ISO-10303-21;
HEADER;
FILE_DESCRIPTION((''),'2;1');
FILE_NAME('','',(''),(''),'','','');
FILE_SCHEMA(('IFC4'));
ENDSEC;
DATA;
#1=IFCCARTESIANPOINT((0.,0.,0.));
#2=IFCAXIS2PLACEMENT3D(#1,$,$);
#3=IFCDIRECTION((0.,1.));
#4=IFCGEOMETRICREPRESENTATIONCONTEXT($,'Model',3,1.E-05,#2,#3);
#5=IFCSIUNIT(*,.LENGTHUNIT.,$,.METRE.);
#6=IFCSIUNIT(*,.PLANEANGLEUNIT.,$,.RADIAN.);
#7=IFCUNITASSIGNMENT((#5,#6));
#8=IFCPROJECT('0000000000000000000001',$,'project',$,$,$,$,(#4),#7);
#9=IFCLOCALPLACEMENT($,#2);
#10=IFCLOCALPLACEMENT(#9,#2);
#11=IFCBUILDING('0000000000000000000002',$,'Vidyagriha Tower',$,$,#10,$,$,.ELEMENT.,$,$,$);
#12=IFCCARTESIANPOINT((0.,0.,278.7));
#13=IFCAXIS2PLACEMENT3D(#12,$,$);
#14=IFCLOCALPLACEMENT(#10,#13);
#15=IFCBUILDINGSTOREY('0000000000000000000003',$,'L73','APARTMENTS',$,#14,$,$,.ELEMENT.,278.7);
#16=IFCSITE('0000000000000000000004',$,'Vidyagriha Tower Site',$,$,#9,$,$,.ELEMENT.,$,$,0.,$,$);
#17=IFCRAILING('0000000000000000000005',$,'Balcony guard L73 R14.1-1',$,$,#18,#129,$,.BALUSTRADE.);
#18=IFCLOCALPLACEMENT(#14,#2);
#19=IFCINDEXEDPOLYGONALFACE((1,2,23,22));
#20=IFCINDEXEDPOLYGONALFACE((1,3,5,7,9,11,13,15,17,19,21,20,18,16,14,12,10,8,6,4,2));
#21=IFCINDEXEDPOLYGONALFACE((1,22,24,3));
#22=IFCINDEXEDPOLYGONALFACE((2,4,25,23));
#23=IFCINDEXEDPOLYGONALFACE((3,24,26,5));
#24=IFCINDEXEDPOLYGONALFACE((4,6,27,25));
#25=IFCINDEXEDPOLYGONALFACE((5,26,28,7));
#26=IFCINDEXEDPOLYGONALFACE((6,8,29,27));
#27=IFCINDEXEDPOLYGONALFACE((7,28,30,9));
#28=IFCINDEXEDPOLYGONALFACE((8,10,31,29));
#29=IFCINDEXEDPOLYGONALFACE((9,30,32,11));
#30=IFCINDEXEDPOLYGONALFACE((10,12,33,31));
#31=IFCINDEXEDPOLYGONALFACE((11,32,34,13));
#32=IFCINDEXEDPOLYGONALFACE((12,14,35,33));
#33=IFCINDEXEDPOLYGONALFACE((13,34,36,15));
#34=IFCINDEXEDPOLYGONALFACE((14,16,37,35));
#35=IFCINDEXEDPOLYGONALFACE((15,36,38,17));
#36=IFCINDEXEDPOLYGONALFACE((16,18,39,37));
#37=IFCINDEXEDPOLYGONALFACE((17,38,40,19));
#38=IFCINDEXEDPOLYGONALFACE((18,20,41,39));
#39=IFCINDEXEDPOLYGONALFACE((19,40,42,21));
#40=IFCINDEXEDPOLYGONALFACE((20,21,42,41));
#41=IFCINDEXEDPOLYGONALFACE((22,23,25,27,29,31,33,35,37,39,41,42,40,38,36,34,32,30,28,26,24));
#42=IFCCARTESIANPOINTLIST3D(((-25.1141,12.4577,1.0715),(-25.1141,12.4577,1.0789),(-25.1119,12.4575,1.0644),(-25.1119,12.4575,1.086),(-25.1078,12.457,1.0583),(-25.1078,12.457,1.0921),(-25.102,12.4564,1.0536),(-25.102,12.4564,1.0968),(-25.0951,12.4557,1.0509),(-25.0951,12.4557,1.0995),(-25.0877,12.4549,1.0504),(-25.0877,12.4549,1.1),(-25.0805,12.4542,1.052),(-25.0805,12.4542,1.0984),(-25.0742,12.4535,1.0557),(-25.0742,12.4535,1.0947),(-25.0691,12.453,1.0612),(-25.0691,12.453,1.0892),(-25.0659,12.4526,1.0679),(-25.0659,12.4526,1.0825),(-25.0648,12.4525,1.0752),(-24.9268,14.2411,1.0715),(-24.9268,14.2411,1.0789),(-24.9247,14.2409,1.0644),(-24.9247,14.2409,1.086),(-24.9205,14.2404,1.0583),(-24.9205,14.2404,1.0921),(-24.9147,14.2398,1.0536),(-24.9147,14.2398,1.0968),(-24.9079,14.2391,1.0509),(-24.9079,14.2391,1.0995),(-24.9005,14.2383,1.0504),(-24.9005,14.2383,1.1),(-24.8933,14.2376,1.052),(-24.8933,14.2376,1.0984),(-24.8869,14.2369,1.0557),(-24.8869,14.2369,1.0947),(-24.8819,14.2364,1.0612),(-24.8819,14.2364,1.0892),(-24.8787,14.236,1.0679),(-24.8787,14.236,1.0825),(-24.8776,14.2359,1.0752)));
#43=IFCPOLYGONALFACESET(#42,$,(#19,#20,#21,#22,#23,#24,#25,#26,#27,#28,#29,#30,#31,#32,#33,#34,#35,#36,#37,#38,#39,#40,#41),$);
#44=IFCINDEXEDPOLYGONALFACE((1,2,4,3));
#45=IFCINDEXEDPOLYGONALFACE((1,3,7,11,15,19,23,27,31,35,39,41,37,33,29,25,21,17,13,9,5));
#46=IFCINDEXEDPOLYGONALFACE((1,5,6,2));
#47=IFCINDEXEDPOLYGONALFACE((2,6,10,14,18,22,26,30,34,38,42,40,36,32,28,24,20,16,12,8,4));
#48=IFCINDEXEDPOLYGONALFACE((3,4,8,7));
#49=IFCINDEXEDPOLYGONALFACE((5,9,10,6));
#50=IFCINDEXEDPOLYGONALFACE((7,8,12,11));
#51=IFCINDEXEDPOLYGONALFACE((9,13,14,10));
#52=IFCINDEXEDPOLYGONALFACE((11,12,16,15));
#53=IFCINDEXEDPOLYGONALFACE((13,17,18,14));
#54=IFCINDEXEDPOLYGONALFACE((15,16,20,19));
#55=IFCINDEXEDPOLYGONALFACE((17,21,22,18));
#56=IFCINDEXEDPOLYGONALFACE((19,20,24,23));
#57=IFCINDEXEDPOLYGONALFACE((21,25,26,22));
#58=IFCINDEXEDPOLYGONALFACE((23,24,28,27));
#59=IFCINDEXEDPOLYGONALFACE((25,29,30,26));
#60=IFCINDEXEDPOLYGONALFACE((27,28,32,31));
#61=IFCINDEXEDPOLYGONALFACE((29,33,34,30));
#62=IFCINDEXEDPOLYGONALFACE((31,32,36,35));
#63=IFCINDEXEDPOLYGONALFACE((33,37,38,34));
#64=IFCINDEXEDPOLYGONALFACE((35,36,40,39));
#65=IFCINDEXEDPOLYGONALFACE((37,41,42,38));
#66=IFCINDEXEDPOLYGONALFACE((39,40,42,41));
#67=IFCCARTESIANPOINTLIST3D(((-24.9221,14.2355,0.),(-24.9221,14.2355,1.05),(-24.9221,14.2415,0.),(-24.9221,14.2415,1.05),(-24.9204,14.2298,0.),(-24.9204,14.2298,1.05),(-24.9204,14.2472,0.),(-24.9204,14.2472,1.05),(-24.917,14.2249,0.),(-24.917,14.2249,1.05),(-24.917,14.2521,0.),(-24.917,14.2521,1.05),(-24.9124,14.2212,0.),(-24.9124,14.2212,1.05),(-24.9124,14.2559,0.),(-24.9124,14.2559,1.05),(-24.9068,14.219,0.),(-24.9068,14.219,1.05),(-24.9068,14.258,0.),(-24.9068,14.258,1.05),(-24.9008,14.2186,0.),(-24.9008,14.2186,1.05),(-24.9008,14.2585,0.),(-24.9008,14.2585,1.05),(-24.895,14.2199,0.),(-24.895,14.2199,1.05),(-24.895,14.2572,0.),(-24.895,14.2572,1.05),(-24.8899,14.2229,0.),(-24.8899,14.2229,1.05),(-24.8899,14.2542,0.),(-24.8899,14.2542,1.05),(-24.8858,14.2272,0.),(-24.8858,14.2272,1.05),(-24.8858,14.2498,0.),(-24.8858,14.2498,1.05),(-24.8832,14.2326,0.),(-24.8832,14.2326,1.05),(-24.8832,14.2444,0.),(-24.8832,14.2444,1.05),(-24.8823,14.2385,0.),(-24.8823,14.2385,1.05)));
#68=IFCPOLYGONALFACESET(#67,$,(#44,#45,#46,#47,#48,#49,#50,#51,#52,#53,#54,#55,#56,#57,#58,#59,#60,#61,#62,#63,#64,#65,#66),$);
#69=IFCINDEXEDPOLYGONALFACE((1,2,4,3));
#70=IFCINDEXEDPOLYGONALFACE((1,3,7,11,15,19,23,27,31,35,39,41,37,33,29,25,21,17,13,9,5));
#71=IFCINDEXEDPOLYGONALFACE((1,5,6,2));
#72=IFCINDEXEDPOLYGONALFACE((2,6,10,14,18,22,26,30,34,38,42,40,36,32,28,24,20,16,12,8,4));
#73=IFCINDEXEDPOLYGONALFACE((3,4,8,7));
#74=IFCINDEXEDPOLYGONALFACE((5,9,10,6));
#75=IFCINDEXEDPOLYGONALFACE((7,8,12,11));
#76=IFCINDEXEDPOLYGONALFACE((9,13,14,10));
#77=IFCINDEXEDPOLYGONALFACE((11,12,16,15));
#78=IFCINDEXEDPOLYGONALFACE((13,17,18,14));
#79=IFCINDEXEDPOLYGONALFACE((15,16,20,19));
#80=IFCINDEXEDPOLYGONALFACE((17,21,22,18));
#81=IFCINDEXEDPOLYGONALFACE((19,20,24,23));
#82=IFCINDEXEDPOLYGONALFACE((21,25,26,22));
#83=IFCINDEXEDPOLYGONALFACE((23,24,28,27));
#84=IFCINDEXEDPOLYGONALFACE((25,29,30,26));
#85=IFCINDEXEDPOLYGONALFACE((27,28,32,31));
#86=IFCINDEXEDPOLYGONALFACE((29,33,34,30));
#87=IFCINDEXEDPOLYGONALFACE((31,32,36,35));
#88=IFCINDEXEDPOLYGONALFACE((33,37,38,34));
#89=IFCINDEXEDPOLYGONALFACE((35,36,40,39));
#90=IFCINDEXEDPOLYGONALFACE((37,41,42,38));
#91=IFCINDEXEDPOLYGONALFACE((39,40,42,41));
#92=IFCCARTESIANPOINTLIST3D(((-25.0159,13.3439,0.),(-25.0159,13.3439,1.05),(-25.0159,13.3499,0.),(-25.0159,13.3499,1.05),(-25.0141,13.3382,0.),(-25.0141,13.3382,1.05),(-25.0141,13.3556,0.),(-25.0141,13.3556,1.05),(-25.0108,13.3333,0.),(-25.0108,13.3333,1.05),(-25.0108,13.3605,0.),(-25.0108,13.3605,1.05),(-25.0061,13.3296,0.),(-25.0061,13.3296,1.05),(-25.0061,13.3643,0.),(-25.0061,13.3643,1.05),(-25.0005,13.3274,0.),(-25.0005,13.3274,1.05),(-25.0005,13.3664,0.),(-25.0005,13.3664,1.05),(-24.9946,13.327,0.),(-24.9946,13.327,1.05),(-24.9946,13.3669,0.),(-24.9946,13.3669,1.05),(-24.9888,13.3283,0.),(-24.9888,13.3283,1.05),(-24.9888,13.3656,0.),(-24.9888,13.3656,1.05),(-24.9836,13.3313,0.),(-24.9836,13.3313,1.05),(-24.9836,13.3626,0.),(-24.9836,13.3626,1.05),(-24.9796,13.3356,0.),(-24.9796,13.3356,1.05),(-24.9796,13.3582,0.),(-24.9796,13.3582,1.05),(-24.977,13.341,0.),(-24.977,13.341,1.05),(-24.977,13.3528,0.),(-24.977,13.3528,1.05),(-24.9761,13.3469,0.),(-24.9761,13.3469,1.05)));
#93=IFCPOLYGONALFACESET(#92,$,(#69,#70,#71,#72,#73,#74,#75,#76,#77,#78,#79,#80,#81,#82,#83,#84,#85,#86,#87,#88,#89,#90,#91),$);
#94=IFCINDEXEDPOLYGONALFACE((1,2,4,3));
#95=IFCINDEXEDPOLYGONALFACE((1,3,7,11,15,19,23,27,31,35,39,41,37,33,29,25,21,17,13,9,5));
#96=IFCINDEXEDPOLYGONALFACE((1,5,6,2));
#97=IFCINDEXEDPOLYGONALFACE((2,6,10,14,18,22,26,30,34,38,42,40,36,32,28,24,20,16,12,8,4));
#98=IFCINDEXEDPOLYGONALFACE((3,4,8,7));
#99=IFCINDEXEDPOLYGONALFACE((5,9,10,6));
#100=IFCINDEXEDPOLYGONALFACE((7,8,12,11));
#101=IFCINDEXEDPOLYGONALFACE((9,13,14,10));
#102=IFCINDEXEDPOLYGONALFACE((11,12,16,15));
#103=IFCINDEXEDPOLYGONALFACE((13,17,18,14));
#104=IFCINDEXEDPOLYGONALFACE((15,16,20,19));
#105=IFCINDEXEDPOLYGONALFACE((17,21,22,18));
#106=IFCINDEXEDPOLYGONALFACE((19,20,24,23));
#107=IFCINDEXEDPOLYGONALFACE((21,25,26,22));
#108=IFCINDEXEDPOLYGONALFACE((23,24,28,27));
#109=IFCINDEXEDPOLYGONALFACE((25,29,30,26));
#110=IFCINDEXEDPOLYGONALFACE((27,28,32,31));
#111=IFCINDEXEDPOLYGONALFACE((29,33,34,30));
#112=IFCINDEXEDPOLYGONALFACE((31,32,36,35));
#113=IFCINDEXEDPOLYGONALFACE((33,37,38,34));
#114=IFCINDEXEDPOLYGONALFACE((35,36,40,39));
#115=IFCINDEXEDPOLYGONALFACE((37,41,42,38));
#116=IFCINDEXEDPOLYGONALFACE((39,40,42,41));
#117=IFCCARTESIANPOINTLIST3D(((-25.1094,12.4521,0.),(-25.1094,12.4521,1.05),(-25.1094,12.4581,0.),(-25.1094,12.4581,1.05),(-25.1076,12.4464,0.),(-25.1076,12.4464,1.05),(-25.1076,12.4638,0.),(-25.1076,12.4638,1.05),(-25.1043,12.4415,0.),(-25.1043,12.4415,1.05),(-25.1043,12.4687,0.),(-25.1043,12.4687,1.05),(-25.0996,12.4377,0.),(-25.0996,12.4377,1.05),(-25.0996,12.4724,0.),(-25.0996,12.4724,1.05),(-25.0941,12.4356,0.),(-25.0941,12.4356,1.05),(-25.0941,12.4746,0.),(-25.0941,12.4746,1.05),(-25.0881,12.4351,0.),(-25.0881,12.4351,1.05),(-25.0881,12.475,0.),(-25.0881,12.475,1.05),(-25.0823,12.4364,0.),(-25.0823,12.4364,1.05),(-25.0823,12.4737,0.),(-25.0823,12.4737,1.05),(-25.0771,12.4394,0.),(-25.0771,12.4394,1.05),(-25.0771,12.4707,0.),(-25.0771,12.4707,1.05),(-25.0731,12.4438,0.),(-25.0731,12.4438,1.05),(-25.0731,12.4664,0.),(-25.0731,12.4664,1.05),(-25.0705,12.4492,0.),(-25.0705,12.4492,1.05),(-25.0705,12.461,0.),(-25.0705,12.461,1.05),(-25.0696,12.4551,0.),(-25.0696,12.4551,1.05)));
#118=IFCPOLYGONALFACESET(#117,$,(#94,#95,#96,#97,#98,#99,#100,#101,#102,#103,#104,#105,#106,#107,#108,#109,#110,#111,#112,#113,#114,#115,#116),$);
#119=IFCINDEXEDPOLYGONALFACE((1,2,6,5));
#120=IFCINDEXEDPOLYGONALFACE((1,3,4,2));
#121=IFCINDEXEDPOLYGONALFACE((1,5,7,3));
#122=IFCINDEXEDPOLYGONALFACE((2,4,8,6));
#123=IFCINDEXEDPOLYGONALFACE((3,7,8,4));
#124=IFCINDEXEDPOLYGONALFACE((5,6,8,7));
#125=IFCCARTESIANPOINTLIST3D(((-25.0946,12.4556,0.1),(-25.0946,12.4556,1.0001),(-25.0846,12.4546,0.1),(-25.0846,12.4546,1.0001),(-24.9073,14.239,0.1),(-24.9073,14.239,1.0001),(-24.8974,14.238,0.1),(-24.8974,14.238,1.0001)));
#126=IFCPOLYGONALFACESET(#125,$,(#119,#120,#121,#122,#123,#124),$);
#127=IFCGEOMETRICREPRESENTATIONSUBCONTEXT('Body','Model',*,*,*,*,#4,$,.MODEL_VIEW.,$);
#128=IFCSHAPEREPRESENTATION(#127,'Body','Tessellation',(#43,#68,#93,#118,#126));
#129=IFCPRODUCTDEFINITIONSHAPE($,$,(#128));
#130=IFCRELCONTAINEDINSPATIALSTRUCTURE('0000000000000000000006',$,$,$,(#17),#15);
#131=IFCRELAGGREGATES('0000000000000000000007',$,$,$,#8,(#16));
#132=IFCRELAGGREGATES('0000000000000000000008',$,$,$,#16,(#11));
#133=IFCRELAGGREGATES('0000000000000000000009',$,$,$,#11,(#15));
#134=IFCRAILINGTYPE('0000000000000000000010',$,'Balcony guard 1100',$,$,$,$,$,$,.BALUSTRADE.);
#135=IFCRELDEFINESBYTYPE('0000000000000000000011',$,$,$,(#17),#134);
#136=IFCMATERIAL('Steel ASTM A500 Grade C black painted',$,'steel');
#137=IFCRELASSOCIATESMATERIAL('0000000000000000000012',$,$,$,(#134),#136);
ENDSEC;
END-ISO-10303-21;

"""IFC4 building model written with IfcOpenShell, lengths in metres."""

from ifc_helpers import new_model, si_unit, direction, frame, origin, origin_2d, place, context, subcontext, project, spatial, rectangle, circle, extrude, material, type_object, element, save


model = new_model("IFC4")

# Units and contexts
model_context = context("Model", 3, precision=1e-05, world=origin(), true_north=direction((0.0, 1.0)))
body_context = subcontext(model_context, "Body", "Model", "MODEL_VIEW")
ifc_project = project(units=[si_unit("LENGTHUNIT", "METRE"), si_unit("PLANEANGLEUNIT", "RADIAN")], contexts=[model_context])

# Site, building, storey
site_placement = place(None, origin())
site = spatial("IfcSite", under=ifc_project, at=site_placement, Name="Vidyagriha Tower Site", CompositionType="ELEMENT", RefElevation=0.0)
building_placement = place(site_placement, origin())
building = spatial("IfcBuilding", under=site, at=building_placement, Name="Vidyagriha Tower", CompositionType="ELEMENT")
storey_placement = place(building_placement, frame((0.0, 0.0, 278.7)))
storey = spatial("IfcBuildingStorey", under=building, at=storey_placement, Name="L73", Description="APARTMENTS", CompositionType="ELEMENT", Elevation=278.7)

# Railing
ifc_material_1 = material(Name="Steel ASTM A500 Grade C black painted", Category="steel")
railing_type_1 = type_object("IfcRailingType", Name="Balcony guard 1100", PredefinedType="BALUSTRADE", material=ifc_material_1)
railing_1_placement = place(storey_placement, frame((-24.9023, 14.2385, 0.0)))
element("IfcRailing", 1, at=railing_1_placement, inside=storey, type_object=railing_type_1, Name="Balcony guard L73 R14.1-1", PredefinedType="BALUSTRADE", context=body_context, shape_type="SweptSolid", body=[
    extrude(circle(Radius=0.0249, at=origin_2d()), frame((0.0, 0.0, 1.0752), z_axis=(-0.104423, -0.994533, 0.0), x_axis=(0.994533, -0.104423, 0.0)), (0.0, 0.0, 1.0), 1.7932),
    extrude(circle(Radius=0.02, at=origin_2d()), origin(), (0.0, 0.0, 1.0), 1.05),
    extrude(circle(Radius=0.02, at=origin_2d()), frame((-0.0938, -0.8916, 0.0)), (0.0, 0.0, 1.0), 1.05),
    extrude(circle(Radius=0.02, at=origin_2d()), frame((-0.1873, -1.7834, 0.0)), (0.0, 0.0, 1.0), 1.05),
    extrude(rectangle(XDim=0.01, YDim=0.9001, at=origin_2d()), frame((0.0, 0.0, 0.55), z_axis=(-0.104423, -0.994533, 0.0), x_axis=(0.994533, -0.104423, 0.0)), (0.0, 0.0, 1.0), 1.7932),
])

save(model, "model.ifc")
